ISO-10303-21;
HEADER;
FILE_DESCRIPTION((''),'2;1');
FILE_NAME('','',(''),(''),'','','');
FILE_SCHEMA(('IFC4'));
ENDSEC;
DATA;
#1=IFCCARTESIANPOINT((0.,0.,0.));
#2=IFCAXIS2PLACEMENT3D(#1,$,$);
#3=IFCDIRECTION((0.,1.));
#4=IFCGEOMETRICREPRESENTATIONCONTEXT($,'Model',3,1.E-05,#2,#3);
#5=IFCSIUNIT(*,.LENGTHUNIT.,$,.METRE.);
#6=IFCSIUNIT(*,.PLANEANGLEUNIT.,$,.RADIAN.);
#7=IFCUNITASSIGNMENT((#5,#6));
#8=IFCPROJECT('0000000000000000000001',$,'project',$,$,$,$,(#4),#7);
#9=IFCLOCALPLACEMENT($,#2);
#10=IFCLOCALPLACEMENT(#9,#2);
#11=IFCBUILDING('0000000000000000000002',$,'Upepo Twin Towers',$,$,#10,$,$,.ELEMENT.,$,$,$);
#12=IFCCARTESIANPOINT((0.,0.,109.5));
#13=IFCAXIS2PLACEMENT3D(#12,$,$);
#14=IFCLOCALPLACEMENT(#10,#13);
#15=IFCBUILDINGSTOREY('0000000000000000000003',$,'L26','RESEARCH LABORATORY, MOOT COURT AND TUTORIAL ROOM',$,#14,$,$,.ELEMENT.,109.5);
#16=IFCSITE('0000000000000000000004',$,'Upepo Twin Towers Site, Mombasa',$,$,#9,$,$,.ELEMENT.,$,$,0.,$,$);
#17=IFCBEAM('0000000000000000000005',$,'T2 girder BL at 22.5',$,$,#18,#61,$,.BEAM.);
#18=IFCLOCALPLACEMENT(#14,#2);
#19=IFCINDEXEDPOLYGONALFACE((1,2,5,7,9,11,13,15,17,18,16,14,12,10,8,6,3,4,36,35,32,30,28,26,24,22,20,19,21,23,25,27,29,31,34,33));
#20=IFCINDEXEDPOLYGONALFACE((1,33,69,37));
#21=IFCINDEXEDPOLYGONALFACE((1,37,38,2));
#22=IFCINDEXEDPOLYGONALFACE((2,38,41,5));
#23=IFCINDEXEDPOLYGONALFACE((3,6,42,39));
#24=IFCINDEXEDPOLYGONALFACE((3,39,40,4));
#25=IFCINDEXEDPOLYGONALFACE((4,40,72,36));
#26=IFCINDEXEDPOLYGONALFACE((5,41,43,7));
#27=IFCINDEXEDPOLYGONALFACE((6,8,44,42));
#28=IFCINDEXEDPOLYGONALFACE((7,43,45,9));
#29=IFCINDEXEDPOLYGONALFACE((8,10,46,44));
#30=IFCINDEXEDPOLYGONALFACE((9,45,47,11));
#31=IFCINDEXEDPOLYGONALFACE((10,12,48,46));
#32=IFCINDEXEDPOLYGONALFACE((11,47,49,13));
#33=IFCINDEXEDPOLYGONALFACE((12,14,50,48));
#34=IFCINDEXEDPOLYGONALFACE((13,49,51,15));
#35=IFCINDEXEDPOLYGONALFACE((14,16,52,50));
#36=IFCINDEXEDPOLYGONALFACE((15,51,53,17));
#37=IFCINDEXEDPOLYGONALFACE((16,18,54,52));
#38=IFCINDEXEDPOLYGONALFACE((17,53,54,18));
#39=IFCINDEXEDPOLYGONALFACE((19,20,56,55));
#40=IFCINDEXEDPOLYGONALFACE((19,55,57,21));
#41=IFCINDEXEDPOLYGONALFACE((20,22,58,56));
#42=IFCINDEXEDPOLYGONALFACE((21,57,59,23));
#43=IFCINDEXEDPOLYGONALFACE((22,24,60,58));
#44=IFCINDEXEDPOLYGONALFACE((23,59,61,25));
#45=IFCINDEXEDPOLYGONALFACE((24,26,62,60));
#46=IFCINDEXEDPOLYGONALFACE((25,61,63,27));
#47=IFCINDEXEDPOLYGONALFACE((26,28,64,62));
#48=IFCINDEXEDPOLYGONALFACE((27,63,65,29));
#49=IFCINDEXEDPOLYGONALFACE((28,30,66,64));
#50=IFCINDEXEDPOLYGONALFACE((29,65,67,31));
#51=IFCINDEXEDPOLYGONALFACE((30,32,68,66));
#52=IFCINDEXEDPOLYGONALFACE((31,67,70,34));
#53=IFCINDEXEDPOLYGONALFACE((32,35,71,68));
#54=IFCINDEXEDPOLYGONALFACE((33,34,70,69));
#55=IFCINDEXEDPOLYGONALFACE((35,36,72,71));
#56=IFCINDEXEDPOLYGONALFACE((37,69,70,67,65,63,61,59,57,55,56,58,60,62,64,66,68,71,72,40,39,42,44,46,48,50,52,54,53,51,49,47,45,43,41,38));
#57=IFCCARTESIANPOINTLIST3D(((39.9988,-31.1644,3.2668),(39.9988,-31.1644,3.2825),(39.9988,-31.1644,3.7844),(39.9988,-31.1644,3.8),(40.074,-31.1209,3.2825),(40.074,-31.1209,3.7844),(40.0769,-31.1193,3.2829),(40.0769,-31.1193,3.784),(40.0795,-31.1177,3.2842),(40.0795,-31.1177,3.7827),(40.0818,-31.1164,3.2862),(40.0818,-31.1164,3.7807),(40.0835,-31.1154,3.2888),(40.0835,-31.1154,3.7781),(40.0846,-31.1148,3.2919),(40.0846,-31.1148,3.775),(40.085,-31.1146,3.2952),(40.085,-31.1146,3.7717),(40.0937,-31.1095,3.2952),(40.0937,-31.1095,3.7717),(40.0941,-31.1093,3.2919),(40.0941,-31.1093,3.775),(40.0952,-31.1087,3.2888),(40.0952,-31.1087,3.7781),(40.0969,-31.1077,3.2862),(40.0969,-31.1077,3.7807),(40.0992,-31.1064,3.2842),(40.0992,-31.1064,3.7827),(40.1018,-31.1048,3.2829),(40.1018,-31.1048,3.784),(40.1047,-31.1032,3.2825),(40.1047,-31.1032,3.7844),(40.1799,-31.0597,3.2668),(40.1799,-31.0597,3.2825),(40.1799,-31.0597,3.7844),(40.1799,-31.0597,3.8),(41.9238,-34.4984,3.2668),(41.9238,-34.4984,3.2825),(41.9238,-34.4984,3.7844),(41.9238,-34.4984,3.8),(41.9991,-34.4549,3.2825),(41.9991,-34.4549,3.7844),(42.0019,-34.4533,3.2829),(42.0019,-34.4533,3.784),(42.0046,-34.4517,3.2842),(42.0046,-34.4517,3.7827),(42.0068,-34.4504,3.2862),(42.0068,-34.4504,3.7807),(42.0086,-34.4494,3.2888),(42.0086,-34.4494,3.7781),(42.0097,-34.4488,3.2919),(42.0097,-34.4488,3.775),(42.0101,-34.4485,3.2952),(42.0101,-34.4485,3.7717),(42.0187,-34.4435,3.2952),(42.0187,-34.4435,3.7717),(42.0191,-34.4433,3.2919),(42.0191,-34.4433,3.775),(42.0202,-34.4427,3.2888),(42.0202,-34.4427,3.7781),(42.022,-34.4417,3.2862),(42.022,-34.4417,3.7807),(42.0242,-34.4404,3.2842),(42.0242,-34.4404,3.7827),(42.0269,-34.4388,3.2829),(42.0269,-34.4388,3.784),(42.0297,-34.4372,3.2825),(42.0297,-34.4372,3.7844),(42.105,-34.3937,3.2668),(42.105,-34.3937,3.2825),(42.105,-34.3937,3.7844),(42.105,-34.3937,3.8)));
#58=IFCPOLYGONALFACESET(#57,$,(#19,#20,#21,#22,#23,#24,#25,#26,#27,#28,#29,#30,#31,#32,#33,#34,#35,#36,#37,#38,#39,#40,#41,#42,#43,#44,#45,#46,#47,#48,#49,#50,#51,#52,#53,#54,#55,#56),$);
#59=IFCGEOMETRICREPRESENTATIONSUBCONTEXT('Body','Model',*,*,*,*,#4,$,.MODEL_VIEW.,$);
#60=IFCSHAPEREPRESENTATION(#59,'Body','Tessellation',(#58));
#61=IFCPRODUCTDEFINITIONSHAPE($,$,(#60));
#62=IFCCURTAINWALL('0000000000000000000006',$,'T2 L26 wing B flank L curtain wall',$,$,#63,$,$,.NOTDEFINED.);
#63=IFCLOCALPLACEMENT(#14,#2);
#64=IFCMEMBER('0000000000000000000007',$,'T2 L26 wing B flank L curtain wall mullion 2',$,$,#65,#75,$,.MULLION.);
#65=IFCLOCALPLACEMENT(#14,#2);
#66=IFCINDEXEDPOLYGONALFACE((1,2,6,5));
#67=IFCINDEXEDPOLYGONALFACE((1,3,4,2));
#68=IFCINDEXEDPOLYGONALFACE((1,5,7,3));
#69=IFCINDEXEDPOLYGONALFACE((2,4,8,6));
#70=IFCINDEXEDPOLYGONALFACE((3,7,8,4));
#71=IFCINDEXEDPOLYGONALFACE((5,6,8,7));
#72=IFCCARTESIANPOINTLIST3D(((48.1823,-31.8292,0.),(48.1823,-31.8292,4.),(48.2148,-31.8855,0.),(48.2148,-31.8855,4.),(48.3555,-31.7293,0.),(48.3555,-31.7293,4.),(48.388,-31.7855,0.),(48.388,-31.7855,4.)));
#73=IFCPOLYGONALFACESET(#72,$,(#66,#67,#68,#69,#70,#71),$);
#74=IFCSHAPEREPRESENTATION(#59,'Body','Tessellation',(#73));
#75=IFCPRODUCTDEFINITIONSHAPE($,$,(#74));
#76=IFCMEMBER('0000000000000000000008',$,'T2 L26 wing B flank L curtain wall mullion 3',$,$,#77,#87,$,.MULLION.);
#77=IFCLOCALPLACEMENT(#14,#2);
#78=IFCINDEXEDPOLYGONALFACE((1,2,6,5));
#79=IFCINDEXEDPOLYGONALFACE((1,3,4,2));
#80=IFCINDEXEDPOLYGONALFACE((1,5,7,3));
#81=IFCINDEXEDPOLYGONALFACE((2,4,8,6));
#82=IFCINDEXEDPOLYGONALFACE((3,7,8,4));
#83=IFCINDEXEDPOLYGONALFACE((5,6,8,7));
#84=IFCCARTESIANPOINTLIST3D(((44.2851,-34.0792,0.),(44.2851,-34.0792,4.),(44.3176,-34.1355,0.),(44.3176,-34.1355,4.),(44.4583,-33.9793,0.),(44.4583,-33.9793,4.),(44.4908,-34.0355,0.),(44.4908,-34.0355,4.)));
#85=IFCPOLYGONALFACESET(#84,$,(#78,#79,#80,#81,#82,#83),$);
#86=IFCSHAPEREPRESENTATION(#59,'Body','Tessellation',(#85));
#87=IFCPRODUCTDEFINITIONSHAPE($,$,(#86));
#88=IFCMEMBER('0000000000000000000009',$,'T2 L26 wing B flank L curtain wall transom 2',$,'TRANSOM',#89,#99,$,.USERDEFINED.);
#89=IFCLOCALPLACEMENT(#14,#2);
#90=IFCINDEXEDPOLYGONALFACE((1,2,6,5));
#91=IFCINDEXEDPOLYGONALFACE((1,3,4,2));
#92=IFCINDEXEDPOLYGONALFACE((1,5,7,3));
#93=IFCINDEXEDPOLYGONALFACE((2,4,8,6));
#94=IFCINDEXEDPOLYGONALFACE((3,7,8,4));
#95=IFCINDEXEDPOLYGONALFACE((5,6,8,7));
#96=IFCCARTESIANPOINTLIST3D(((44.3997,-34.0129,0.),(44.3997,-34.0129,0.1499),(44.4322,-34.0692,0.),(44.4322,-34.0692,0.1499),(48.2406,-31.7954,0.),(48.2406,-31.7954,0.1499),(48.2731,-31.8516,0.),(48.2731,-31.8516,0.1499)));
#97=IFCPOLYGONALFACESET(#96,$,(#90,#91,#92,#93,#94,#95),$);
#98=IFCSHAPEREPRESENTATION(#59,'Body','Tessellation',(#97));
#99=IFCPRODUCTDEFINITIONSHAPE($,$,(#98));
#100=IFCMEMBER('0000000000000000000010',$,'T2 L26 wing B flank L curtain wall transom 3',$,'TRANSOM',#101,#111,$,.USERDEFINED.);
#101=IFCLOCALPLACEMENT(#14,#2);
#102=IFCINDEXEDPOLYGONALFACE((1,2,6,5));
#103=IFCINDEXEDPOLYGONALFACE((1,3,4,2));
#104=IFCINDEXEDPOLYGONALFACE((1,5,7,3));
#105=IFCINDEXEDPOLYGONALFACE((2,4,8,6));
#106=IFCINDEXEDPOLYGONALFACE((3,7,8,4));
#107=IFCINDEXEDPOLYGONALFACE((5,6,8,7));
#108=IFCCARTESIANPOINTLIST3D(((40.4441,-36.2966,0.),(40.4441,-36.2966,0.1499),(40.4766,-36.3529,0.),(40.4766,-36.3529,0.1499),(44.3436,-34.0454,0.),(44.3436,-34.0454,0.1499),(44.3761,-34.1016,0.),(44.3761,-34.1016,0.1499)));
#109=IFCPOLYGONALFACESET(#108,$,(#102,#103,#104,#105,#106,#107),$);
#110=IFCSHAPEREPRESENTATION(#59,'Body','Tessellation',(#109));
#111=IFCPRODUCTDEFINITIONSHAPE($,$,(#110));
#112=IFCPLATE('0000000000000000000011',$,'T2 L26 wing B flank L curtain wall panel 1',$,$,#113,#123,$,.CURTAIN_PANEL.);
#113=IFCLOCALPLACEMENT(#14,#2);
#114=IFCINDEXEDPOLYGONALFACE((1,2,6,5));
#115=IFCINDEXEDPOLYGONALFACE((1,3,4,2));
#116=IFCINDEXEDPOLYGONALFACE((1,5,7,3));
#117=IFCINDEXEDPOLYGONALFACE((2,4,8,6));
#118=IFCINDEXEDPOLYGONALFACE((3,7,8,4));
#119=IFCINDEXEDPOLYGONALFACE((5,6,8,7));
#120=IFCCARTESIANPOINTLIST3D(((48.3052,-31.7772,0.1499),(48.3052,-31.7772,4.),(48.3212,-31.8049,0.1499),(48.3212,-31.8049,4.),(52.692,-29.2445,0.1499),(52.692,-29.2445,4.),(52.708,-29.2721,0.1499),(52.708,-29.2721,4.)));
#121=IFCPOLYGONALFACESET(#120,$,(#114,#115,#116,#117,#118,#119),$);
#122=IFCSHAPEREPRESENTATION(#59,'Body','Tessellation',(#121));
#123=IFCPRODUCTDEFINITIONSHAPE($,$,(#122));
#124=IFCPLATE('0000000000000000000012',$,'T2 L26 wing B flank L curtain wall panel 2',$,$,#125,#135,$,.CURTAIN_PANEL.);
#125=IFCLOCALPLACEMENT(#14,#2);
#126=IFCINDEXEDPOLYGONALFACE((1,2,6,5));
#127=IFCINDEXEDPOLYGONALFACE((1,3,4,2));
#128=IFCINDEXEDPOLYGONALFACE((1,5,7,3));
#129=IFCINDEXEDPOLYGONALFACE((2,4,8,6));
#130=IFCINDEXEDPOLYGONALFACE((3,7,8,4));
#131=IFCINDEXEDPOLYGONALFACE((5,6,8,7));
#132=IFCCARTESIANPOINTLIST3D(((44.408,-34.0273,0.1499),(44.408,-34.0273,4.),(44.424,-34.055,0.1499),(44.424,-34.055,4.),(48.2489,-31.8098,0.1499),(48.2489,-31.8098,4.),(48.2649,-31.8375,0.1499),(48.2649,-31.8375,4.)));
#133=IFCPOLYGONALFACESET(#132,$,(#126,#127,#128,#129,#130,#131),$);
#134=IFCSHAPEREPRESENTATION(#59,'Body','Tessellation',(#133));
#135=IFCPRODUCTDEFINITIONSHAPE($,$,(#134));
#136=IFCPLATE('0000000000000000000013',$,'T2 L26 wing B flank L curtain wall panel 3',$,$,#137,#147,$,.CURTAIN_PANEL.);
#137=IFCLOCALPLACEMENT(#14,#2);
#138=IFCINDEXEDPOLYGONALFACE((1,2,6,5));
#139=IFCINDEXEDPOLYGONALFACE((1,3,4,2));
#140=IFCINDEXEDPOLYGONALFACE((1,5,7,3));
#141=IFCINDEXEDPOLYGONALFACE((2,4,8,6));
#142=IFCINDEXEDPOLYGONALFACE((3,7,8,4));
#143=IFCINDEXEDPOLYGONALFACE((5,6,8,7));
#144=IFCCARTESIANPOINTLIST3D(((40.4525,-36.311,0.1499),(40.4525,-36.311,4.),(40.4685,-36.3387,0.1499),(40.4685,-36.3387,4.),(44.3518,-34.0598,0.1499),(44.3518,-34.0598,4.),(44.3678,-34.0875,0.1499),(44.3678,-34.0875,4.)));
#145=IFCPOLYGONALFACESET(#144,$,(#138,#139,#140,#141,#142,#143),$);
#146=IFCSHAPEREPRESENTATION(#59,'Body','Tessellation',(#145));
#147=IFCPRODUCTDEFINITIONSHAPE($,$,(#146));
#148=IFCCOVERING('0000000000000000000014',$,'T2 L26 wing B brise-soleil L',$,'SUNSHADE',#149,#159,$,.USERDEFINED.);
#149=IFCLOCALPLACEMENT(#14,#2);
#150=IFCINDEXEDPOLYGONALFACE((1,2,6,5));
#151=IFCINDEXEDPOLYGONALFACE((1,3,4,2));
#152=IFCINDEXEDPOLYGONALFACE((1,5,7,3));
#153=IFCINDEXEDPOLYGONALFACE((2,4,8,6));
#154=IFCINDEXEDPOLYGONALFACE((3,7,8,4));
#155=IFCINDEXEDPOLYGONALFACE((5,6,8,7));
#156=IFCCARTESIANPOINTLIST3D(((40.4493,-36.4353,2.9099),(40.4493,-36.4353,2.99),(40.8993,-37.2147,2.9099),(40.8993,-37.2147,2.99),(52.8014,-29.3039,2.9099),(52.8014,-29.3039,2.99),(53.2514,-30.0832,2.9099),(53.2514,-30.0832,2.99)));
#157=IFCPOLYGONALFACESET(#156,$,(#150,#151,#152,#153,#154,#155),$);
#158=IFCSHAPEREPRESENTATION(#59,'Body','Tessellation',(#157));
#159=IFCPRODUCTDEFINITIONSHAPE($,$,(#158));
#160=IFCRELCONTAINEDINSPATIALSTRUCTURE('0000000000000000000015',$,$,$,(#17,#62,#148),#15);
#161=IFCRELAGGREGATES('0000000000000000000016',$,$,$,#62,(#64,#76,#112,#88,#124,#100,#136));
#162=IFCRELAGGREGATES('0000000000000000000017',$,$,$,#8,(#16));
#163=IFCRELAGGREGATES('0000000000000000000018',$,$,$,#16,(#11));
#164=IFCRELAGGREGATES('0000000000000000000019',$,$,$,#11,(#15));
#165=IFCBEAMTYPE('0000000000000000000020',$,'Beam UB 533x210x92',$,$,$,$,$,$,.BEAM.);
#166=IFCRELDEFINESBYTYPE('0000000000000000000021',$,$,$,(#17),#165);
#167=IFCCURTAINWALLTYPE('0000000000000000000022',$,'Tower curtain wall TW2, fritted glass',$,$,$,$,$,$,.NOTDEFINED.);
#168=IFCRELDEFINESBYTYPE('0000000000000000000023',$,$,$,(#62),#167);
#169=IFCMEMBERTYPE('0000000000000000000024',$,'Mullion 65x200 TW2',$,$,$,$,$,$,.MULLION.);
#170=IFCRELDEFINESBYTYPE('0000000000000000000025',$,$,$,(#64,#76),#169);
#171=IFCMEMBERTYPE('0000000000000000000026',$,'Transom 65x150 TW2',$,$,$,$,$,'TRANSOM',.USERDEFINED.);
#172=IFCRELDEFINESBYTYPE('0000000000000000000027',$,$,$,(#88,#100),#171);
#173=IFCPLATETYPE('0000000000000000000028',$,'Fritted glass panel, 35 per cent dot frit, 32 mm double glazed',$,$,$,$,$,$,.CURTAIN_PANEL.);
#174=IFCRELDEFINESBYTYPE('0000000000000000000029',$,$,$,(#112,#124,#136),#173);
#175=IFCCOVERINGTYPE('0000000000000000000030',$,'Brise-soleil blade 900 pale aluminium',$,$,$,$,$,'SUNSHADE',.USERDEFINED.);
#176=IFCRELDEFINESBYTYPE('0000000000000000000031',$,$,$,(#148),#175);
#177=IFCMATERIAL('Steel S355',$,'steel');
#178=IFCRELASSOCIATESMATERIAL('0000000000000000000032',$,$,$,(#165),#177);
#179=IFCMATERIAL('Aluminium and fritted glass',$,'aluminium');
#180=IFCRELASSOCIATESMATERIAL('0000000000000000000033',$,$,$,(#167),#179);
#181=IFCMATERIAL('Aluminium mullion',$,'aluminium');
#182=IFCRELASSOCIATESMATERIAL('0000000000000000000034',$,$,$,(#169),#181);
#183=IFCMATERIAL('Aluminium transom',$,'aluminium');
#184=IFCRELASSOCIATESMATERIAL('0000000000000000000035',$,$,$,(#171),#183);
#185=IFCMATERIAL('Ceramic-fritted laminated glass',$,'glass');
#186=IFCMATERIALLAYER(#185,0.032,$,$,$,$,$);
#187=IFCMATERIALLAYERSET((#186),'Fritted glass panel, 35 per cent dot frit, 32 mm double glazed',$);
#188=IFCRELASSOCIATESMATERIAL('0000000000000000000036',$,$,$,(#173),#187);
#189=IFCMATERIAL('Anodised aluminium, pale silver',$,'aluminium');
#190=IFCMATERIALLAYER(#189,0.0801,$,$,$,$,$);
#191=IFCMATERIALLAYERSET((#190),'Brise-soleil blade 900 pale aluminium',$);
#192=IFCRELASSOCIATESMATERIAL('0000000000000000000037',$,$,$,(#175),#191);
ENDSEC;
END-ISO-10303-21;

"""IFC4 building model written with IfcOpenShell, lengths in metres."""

from ifc_helpers import new_model, si_unit, direction, frame, origin, origin_2d, place, context, subcontext, project, spatial, rectangle, i_section, extrude, material, layer, layer_set, material_profile, profile_set, type_object, element, aggregate, save


model = new_model("IFC4")

# Units and contexts
model_context = context("Model", 3, precision=1e-05, world=origin(), true_north=direction((0.0, 1.0)))
body_context = subcontext(model_context, "Body", "Model", "MODEL_VIEW")
ifc_project = project(units=[si_unit("LENGTHUNIT", "METRE"), si_unit("PLANEANGLEUNIT", "RADIAN")], contexts=[model_context])

# Site, building, storey
site_placement = place(None, origin())
site = spatial("IfcSite", under=ifc_project, at=site_placement, Name="Upepo Twin Towers Site, Mombasa", CompositionType="ELEMENT", RefElevation=0.0)
building_placement = place(site_placement, origin())
building = spatial("IfcBuilding", under=site, at=building_placement, Name="Upepo Twin Towers", CompositionType="ELEMENT")
storey_placement = place(building_placement, frame((0.0, 0.0, 109.5)))
storey = spatial("IfcBuildingStorey", under=building, at=storey_placement, Name="L26", Description="RESEARCH LABORATORY, MOOT COURT AND TUTORIAL ROOM", CompositionType="ELEMENT", Elevation=109.5)

# Beam
ifc_material_1 = material(Name="Steel S355", Category="steel")
ifc_material_profile_1 = material_profile(ifc_material_1, i_section(OverallWidth=0.2092, OverallDepth=0.5332, WebThickness=0.01, FlangeThickness=0.0156, FilletRadius=0.0127, at=origin_2d()), Name="UB 533x210x92")
ifc_profile_set_1 = profile_set([ifc_material_profile_1], Name="Steel S355")
beam_type_1 = type_object("IfcBeamType", Name="Beam UB 533x210x92", PredefinedType="BEAM", material=ifc_profile_set_1)
for number, where, z_axis, x_axis, name in (
    (1, (42.0144, -34.446, 3.5334), (-0.500034, 0.866006, 0.0), (-0.866006, -0.500034, 0.0), "T2 girder BL at 22.5"),
):
    element("IfcBeam", number, at=place(storey_placement, frame(where, z_axis=z_axis, x_axis=x_axis)), inside=storey, type_object=beam_type_1, Name=name, PredefinedType="BEAM", context=body_context, shape_type="SweptSolid", body=[
        extrude(i_section(OverallWidth=0.2092, OverallDepth=0.5332, WebThickness=0.01, FlangeThickness=0.0156, FilletRadius=0.0127, at=origin_2d()), origin(), (0.0, 0.0, 1.0), 3.8499),
    ])

# Curtain wall, members, plates
ifc_material_2 = material(Name="Aluminium and fritted glass", Category="aluminium")
curtain_wall_type = type_object("IfcCurtainWallType", Name="Tower curtain wall TW2, fritted glass", PredefinedType="NOTDEFINED", material=ifc_material_2)
curtain_wall_placement = place(storey_placement, origin())
curtain_wall = element("IfcCurtainWall", 2, at=curtain_wall_placement, inside=storey, type_object=curtain_wall_type, Name="T2 L26 wing B flank L curtain wall", PredefinedType="NOTDEFINED")
ifc_material_3 = material(Name="Aluminium mullion", Category="aluminium")
ifc_material_profile_2 = material_profile(ifc_material_3, rectangle(XDim=0.0649, YDim=0.2, at=origin_2d()), Name="MULLION 65x200")
ifc_profile_set_2 = profile_set([ifc_material_profile_2], Name="Aluminium mullion")
member_type_1 = type_object("IfcMemberType", Name="Mullion 65x200 TW2", PredefinedType="MULLION", material=ifc_profile_set_2)
member_1_placement = place(storey_placement, frame((48.2852, -31.8074, 0.0), z_axis=(0.0, 0.0, 1.0), x_axis=(0.5, -0.866025, 0.0)))
member_1 = element("IfcMember", 3, at=member_1_placement, type_object=member_type_1, Name="T2 L26 wing B flank L curtain wall mullion 2", PredefinedType="MULLION", context=body_context, shape_type="SweptSolid", body=[
    extrude(rectangle(XDim=0.0649, YDim=0.2, at=origin_2d()), origin(), (0.0, 0.0, 1.0), 4.0),
])
member_2_placement = place(storey_placement, frame((44.3879, -34.0574, 0.0), z_axis=(0.0, 0.0, 1.0), x_axis=(0.5, -0.866025, 0.0)))
member_2 = element("IfcMember", 4, at=member_2_placement, type_object=member_type_1, Name="T2 L26 wing B flank L curtain wall mullion 3", PredefinedType="MULLION", context=body_context, shape_type="SweptSolid", body=[
    extrude(rectangle(XDim=0.0649, YDim=0.2, at=origin_2d()), origin(), (0.0, 0.0, 1.0), 4.0),
])
ifc_material_4 = material(Name="Aluminium transom", Category="aluminium")
ifc_material_profile_3 = material_profile(ifc_material_4, rectangle(XDim=0.0649, YDim=0.1499, at=origin_2d()), Name="TRANSOM 65x150")
ifc_profile_set_3 = profile_set([ifc_material_profile_3], Name="Aluminium transom")
member_type_2 = type_object("IfcMemberType", Name="Transom 65x150 TW2", ElementType="TRANSOM", PredefinedType="USERDEFINED", material=ifc_profile_set_3)
member_3_placement = place(storey_placement, frame((48.2568, -31.8235, 0.075), z_axis=(-0.866022, -0.500005, 0.0), x_axis=(0.500005, -0.866022, 0.0)))
member_3 = element("IfcMember", 5, at=member_3_placement, type_object=member_type_2, Name="T2 L26 wing B flank L curtain wall transom 2", ObjectType="TRANSOM", PredefinedType="USERDEFINED", context=body_context, shape_type="SweptSolid", body=[
    extrude(rectangle(XDim=0.0649, YDim=0.1499, at=origin_2d()), origin(), (0.0, 0.0, 1.0), 4.4351),
])
member_4_placement = place(storey_placement, frame((44.3599, -34.0735, 0.075), z_axis=(-0.866036, -0.499982, 0.0), x_axis=(0.499982, -0.866036, 0.0)))
member_4 = element("IfcMember", 6, at=member_4_placement, type_object=member_type_2, Name="T2 L26 wing B flank L curtain wall transom 3", ObjectType="TRANSOM", PredefinedType="USERDEFINED", context=body_context, shape_type="SweptSolid", body=[
    extrude(rectangle(XDim=0.0649, YDim=0.1499, at=origin_2d()), origin(), (0.0, 0.0, 1.0), 4.5027),
])
ifc_material_5 = material(Name="Ceramic-fritted laminated glass", Category="glass")
ifc_layer_1 = layer(ifc_material_5, 0.032)
ifc_layer_set_1 = layer_set([ifc_layer_1], Name="Fritted glass panel, 35 per cent dot frit, 32 mm double glazed")
plate_type = type_object("IfcPlateType", Name="Fritted glass panel, 35 per cent dot frit, 32 mm double glazed", PredefinedType="CURTAIN_PANEL", material=ifc_layer_set_1)
plate_1_placement = place(storey_placement, frame((50.5066, -30.5247, 0.1499), z_axis=(0.0, 0.0, 1.0), x_axis=(-0.866025, -0.5, 0.0)))
plate_1 = element("IfcPlate", 7, at=plate_1_placement, type_object=plate_type, Name="T2 L26 wing B flank L curtain wall panel 1", PredefinedType="CURTAIN_PANEL", context=body_context, shape_type="SweptSolid", body=[
    extrude(rectangle(XDim=5.0654, YDim=0.032, at=origin_2d()), origin(), (0.0, 0.0, 1.0), 3.8501),
])
plate_2_placement = place(storey_placement, frame((46.3364, -32.9324, 0.1499), z_axis=(0.0, 0.0, 1.0), x_axis=(-0.866025, -0.5, 0.0)))
plate_2 = element("IfcPlate", 8, at=plate_2_placement, type_object=plate_type, Name="T2 L26 wing B flank L curtain wall panel 2", PredefinedType="CURTAIN_PANEL", context=body_context, shape_type="SweptSolid", body=[
    extrude(rectangle(XDim=4.4351, YDim=0.032, at=origin_2d()), origin(), (0.0, 0.0, 1.0), 3.8501),
])
plate_3_placement = place(storey_placement, frame((42.4102, -35.1992, 0.1499), z_axis=(0.0, 0.0, 1.0), x_axis=(-0.866025, -0.5, 0.0)))
plate_3 = element("IfcPlate", 9, at=plate_3_placement, type_object=plate_type, Name="T2 L26 wing B flank L curtain wall panel 3", PredefinedType="CURTAIN_PANEL", context=body_context, shape_type="SweptSolid", body=[
    extrude(rectangle(XDim=4.5024, YDim=0.032, at=origin_2d()), origin(), (0.0, 0.0, 1.0), 3.8501),
])
aggregate(curtain_wall, [member_1, member_2, plate_1, member_3, plate_2, member_4, plate_3])

# Covering
ifc_material_6 = material(Name="Anodised aluminium, pale silver", Category="aluminium")
ifc_layer_2 = layer(ifc_material_6, 0.0801)
ifc_layer_set_2 = layer_set([ifc_layer_2], Name="Brise-soleil blade 900 pale aluminium")
covering_type = type_object("IfcCoveringType", Name="Brise-soleil blade 900 pale aluminium", ElementType="SUNSHADE", PredefinedType="USERDEFINED", material=ifc_layer_set_2)
covering_placement = place(storey_placement, frame((46.8503, -33.2593, 2.9099), z_axis=(0.0, 0.0, 1.0), x_axis=(-0.866025, -0.5, 0.0)))
element("IfcCovering", 10, at=covering_placement, inside=storey, type_object=covering_type, Name="T2 L26 wing B brise-soleil L", ObjectType="SUNSHADE", PredefinedType="USERDEFINED", context=body_context, shape_type="SweptSolid", body=[
    extrude(rectangle(XDim=14.2629, YDim=0.8999, at=origin_2d()), origin(), (0.0, 0.0, 1.0), 0.0801),
])

save(model, "model.ifc")
